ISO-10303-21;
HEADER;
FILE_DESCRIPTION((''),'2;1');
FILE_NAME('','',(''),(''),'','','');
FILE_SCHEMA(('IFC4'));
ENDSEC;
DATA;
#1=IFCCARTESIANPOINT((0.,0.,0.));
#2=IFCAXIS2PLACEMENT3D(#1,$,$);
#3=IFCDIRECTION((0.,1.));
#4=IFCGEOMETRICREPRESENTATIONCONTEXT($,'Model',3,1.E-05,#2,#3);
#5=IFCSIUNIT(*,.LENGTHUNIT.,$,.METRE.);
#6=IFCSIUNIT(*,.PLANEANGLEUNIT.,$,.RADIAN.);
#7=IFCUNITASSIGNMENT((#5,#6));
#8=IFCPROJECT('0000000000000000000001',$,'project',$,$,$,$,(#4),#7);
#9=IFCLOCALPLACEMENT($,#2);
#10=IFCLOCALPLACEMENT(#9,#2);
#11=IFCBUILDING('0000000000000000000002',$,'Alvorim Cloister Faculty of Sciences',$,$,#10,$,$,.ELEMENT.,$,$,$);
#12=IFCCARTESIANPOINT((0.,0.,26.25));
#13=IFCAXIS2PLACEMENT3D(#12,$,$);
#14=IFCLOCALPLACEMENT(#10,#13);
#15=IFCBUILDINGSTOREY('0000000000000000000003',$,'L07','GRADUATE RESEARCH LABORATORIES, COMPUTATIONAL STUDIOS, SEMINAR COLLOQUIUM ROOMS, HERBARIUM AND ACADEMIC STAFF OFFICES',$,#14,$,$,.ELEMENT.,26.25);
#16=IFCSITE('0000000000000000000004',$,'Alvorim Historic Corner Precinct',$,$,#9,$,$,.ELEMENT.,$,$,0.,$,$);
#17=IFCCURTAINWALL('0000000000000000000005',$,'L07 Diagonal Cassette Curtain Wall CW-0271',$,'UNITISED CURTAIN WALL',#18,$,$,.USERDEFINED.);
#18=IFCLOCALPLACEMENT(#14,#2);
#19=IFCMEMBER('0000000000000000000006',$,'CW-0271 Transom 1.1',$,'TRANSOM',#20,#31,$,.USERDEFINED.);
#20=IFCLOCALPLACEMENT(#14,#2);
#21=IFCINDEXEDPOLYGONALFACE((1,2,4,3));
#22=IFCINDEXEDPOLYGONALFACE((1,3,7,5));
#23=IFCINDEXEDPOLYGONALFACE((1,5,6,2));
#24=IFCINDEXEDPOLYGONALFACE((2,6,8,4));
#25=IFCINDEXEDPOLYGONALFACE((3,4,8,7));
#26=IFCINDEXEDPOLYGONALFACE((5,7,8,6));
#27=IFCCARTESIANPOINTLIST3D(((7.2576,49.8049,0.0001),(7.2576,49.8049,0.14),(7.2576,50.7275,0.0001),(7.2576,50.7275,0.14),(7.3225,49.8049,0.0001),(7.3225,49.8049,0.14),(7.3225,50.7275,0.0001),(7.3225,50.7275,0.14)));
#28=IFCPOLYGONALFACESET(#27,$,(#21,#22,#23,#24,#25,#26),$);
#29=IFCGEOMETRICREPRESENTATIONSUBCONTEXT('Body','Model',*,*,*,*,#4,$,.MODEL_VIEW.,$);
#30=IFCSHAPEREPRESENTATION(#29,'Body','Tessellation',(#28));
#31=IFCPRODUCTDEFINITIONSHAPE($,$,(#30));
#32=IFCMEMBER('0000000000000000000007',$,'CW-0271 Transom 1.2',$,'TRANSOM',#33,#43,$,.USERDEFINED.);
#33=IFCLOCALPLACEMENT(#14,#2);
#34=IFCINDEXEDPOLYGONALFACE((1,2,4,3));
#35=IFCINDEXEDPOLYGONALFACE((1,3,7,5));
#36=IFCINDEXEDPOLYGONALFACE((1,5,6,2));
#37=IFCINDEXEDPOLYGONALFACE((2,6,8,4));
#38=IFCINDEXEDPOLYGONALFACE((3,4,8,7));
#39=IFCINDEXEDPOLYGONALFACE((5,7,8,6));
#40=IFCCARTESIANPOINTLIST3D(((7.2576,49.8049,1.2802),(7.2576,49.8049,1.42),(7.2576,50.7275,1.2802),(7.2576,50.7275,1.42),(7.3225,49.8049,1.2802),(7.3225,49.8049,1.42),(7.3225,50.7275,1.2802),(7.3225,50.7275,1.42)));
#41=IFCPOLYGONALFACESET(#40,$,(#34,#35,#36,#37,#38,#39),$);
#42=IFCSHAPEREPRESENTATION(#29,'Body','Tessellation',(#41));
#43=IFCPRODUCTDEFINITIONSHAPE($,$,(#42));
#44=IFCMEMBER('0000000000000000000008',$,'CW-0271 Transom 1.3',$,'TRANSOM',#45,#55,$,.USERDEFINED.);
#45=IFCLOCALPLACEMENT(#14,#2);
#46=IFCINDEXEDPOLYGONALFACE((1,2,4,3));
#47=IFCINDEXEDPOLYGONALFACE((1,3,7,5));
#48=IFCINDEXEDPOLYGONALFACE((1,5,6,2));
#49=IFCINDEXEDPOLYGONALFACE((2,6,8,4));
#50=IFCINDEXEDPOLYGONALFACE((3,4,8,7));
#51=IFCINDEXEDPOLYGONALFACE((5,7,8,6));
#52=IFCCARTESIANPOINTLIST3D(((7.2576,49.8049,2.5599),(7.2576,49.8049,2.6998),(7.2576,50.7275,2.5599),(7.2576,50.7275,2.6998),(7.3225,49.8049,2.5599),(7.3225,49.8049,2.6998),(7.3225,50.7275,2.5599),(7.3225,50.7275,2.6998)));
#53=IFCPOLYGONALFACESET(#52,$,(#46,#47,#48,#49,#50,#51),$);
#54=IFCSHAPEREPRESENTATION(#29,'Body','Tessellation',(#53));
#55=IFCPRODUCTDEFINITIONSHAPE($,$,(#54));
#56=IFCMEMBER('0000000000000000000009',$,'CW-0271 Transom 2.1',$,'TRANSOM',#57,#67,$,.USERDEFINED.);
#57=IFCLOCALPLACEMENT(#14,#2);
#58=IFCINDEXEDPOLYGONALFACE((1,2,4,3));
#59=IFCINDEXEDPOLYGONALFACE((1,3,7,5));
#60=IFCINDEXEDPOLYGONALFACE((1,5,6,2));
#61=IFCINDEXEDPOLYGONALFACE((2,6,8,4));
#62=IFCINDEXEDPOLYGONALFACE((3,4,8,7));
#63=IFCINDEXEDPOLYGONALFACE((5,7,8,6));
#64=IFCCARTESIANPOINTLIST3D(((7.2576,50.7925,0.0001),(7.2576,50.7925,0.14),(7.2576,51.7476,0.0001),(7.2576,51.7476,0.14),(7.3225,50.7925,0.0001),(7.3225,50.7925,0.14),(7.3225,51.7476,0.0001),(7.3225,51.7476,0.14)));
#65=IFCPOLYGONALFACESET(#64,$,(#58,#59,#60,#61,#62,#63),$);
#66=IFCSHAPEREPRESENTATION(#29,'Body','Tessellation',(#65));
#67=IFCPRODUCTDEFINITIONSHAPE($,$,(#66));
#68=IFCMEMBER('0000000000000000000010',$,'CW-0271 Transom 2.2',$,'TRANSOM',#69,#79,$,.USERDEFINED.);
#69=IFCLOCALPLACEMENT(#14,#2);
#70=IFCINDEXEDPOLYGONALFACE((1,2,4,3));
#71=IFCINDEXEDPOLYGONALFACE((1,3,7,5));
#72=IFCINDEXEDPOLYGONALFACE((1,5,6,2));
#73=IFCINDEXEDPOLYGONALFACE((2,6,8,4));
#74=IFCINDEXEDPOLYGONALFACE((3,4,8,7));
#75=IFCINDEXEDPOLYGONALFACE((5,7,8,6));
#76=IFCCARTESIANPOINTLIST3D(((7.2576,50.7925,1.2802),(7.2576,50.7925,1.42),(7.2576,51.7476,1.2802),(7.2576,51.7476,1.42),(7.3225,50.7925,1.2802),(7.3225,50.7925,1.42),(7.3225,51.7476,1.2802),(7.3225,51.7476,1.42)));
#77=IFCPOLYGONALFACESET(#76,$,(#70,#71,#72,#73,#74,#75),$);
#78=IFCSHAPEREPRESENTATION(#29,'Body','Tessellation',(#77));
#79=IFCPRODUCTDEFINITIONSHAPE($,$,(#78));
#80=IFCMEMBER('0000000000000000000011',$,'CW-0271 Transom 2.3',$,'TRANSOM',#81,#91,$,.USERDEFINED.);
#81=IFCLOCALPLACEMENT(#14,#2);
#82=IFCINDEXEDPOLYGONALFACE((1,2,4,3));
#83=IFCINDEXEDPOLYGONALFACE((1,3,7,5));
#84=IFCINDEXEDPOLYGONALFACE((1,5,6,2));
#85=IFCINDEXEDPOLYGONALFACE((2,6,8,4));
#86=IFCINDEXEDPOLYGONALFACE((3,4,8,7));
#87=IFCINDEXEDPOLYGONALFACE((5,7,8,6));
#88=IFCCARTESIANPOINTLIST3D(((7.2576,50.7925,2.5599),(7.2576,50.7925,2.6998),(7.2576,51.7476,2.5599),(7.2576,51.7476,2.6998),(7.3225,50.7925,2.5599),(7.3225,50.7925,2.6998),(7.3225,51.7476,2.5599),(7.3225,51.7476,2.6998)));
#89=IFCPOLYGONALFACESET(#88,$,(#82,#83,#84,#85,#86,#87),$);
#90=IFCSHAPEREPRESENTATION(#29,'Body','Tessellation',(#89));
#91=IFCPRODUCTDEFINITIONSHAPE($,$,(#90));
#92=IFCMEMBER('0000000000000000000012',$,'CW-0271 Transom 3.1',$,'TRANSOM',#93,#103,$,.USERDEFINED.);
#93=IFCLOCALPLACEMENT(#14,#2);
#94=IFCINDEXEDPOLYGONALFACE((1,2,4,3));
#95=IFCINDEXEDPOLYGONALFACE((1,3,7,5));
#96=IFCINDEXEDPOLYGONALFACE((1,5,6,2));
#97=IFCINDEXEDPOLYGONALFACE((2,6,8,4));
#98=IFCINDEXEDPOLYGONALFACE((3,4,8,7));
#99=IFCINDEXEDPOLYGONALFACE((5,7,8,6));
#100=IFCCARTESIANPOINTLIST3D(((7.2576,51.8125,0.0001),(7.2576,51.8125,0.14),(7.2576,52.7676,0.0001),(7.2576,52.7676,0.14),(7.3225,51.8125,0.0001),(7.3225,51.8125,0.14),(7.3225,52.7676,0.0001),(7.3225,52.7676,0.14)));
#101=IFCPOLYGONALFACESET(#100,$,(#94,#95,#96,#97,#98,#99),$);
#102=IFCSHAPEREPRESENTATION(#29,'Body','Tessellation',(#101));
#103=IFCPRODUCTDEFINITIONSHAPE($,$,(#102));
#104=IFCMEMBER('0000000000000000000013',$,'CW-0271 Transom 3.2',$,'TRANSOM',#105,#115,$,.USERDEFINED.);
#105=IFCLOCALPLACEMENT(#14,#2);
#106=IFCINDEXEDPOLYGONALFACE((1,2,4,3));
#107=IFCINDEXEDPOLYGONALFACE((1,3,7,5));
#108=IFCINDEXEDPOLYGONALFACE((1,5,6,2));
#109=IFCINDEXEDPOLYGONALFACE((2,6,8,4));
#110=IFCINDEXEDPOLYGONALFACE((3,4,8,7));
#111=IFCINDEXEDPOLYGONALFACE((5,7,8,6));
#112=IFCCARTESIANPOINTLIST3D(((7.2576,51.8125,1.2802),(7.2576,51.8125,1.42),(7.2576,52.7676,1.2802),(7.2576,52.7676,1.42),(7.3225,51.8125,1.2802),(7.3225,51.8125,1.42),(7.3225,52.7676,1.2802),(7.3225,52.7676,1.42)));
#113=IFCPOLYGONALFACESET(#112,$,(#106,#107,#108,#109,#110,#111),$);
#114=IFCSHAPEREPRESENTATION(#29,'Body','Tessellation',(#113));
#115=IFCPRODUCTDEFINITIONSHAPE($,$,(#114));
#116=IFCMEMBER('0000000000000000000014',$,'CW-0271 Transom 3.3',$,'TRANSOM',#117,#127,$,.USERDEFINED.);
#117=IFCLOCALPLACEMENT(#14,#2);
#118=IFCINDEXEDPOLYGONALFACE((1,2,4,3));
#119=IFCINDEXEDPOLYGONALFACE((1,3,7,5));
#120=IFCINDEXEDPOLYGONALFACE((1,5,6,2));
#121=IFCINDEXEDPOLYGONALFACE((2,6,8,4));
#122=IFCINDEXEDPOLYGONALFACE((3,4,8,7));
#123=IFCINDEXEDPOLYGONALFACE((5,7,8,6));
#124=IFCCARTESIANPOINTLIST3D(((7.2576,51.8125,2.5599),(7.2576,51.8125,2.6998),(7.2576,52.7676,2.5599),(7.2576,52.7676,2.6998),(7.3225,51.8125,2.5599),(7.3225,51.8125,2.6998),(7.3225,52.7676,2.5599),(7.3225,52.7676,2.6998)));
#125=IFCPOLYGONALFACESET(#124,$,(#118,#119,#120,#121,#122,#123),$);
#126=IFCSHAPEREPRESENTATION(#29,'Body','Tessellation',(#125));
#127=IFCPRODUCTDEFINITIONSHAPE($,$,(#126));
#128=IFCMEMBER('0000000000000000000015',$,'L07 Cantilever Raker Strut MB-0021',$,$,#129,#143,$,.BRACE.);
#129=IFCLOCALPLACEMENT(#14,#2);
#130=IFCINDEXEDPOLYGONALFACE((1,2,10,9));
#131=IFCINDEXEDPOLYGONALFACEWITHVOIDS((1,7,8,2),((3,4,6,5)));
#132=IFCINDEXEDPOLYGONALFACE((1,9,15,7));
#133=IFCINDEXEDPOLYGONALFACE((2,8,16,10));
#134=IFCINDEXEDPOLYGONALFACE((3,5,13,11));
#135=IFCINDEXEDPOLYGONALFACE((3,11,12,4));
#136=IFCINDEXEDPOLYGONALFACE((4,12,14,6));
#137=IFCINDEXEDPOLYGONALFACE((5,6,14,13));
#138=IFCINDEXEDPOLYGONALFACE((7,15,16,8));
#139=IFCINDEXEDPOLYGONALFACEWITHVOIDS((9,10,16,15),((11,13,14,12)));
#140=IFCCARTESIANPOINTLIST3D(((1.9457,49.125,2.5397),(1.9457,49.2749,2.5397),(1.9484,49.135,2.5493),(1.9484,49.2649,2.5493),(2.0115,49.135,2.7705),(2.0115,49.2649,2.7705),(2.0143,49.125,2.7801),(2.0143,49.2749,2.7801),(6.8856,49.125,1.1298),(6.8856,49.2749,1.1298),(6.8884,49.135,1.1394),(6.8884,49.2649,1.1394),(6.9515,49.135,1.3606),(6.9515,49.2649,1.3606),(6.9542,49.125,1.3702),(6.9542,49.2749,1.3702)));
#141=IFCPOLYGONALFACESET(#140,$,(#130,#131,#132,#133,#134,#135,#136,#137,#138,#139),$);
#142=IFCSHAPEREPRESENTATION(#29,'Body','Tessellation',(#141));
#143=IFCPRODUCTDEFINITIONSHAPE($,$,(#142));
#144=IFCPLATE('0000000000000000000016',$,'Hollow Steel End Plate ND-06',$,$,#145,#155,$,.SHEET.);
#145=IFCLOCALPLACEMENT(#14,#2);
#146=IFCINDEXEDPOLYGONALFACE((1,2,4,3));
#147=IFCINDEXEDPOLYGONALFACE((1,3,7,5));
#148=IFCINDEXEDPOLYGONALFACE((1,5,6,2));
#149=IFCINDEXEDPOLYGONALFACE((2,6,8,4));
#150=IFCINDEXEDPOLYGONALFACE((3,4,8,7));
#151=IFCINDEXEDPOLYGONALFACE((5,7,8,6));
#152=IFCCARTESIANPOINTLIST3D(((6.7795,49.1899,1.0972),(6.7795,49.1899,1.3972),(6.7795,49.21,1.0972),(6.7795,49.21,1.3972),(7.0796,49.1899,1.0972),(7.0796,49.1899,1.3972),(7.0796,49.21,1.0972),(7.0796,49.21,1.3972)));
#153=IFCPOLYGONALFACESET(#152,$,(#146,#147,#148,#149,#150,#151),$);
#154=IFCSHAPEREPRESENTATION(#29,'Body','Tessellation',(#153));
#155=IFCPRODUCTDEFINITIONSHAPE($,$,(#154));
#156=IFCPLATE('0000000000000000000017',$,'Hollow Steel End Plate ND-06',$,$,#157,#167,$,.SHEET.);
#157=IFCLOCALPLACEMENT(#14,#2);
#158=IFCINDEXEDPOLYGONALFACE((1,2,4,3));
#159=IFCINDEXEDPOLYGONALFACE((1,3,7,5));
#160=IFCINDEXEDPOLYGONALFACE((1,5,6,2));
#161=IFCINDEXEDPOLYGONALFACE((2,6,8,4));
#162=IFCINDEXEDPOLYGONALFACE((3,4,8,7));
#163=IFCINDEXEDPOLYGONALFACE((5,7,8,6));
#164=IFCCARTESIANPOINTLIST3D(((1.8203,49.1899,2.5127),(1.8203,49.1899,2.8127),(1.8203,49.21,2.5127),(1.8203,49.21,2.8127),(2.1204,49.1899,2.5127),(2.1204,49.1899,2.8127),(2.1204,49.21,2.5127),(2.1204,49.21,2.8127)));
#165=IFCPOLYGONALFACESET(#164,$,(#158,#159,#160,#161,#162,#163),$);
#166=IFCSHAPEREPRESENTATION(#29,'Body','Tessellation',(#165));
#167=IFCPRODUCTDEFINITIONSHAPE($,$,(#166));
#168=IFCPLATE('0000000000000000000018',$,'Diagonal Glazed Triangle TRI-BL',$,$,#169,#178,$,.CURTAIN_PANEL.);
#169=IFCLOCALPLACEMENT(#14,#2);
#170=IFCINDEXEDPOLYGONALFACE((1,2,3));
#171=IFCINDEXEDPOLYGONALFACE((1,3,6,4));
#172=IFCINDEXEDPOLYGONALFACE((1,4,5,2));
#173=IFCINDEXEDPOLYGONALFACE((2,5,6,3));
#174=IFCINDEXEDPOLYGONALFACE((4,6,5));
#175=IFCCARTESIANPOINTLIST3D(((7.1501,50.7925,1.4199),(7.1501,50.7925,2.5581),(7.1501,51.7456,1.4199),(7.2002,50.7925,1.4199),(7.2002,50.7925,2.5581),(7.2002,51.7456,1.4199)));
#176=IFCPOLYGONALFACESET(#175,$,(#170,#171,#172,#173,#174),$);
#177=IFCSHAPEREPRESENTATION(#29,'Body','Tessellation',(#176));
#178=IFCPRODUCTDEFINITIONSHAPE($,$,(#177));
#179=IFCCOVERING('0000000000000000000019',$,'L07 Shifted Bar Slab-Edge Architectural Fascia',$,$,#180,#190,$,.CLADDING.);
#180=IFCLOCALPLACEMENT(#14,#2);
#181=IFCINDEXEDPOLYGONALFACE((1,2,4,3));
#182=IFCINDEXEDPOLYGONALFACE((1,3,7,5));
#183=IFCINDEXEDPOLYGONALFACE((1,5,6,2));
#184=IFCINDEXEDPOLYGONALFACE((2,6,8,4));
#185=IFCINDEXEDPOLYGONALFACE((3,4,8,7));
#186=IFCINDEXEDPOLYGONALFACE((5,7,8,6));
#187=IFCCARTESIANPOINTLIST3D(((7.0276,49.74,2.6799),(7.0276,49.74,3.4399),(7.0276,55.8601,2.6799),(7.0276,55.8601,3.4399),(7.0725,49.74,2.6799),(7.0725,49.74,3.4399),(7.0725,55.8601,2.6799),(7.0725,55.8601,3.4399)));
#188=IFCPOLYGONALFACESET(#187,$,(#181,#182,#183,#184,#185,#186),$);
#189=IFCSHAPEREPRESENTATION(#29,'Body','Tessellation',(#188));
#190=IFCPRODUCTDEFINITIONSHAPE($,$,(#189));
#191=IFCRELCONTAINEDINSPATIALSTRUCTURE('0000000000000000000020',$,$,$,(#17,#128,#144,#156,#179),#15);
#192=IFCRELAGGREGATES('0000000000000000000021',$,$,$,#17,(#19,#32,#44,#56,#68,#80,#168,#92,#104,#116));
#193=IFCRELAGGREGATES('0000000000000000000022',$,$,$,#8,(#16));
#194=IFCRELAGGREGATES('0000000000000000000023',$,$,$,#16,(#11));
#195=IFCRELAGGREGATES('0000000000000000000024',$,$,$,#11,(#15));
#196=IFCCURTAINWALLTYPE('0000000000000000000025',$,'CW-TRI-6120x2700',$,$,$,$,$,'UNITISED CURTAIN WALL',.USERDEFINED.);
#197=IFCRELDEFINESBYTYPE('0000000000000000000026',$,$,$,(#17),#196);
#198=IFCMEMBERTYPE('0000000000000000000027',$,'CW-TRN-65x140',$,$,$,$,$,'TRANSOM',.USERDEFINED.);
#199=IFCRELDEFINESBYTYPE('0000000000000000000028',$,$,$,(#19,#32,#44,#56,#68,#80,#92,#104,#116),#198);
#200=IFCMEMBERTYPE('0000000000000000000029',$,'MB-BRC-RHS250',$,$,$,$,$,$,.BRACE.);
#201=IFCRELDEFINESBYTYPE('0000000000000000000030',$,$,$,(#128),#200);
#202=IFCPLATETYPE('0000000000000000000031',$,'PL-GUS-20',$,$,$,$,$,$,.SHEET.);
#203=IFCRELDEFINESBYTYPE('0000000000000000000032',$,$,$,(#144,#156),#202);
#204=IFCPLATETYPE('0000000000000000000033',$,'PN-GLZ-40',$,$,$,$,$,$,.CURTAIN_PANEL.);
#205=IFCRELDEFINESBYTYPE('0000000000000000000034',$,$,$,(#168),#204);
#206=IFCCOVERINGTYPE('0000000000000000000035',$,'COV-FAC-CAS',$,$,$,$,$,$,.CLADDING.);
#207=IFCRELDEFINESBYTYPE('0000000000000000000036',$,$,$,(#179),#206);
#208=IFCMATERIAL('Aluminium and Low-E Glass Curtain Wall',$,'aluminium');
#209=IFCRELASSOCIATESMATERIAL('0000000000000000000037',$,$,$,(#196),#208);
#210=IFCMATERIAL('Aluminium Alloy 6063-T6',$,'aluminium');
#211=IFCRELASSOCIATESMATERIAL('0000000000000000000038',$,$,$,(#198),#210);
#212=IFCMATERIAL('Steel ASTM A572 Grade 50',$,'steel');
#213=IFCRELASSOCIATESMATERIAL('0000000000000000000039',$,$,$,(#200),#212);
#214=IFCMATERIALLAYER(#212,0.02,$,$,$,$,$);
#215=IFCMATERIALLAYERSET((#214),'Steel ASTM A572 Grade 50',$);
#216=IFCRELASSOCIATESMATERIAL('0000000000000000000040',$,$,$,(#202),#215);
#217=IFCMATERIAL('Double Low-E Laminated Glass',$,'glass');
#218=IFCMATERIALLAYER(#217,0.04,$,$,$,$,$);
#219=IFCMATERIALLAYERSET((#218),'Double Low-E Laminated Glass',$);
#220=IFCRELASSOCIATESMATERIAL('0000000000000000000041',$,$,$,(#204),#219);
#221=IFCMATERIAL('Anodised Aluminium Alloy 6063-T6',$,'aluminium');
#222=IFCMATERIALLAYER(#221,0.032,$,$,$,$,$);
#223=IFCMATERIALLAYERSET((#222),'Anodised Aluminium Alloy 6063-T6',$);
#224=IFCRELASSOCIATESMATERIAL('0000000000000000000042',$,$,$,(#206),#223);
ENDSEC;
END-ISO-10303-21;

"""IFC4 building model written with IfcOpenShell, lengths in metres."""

from ifc_helpers import new_model, si_unit, direction, frame, origin, origin_2d, place, context, subcontext, project, spatial, polyline, rectangle, hollow_rectangle, outline, extrude, material, layer, layer_set, material_profile, profile_set, type_object, element, aggregate, save


model = new_model("IFC4")

# Units and contexts
model_context = context("Model", 3, precision=1e-05, world=origin(), true_north=direction((0.0, 1.0)))
body_context = subcontext(model_context, "Body", "Model", "MODEL_VIEW")
ifc_project = project(units=[si_unit("LENGTHUNIT", "METRE"), si_unit("PLANEANGLEUNIT", "RADIAN")], contexts=[model_context])

# Site, building, storey
site_placement = place(None, origin())
site = spatial("IfcSite", under=ifc_project, at=site_placement, Name="Alvorim Historic Corner Precinct", CompositionType="ELEMENT", RefElevation=0.0)
building_placement = place(site_placement, origin())
building = spatial("IfcBuilding", under=site, at=building_placement, Name="Alvorim Cloister Faculty of Sciences", CompositionType="ELEMENT")
storey_placement = place(building_placement, frame((0.0, 0.0, 26.25)))
storey = spatial("IfcBuildingStorey", under=building, at=storey_placement, Name="L07", Description="GRADUATE RESEARCH LABORATORIES, COMPUTATIONAL STUDIOS, SEMINAR COLLOQUIUM ROOMS, HERBARIUM AND ACADEMIC STAFF OFFICES", CompositionType="ELEMENT", Elevation=26.25)

# Shared definitions
ifc_material_1 = material(Name="Steel ASTM A572 Grade 50", Category="steel")

# Curtain wall, members
ifc_material_2 = material(Name="Aluminium and Low-E Glass Curtain Wall", Category="aluminium")
curtain_wall_type = type_object("IfcCurtainWallType", Name="CW-TRI-6120x2700", ElementType="UNITISED CURTAIN WALL", PredefinedType="USERDEFINED", material=ifc_material_2)
curtain_wall_placement = place(storey_placement, origin())
curtain_wall = element("IfcCurtainWall", 1, at=curtain_wall_placement, inside=storey, type_object=curtain_wall_type, Name="L07 Diagonal Cassette Curtain Wall CW-0271", ObjectType="UNITISED CURTAIN WALL", PredefinedType="USERDEFINED")
ifc_material_3 = material(Name="Aluminium Alloy 6063-T6", Category="aluminium")
ifc_material_profile_1 = material_profile(ifc_material_3, rectangle(XDim=0.0649, YDim=0.1399, at=origin_2d()), Name="ALU-TRN-65x140")
ifc_profile_set_1 = profile_set([ifc_material_profile_1], Name="Aluminium Alloy 6063-T6")
member_type_1 = type_object("IfcMemberType", Name="CW-TRN-65x140", ElementType="TRANSOM", PredefinedType="USERDEFINED", material=ifc_profile_set_1)
member_1_placement = place(storey_placement, frame((7.29, 49.8049, 0.0701), z_axis=(0.0, 1.0, 0.0), x_axis=(-1.0, 0.0, 0.0)))
member_1 = element("IfcMember", 2, at=member_1_placement, type_object=member_type_1, Name="CW-0271 Transom 1.1", ObjectType="TRANSOM", PredefinedType="USERDEFINED", context=body_context, shape_type="SweptSolid", body=[
    extrude(rectangle(XDim=0.0649, YDim=0.1399, at=origin_2d()), origin(), (0.0, 0.0, 1.0), 0.9226),
])
member_2_placement = place(storey_placement, frame((7.29, 49.8049, 1.3501), z_axis=(0.0, 1.0, 0.0), x_axis=(-1.0, 0.0, 0.0)))
member_2 = element("IfcMember", 3, at=member_2_placement, type_object=member_type_1, Name="CW-0271 Transom 1.2", ObjectType="TRANSOM", PredefinedType="USERDEFINED", context=body_context, shape_type="SweptSolid", body=[
    extrude(rectangle(XDim=0.0649, YDim=0.1399, at=origin_2d()), origin(), (0.0, 0.0, 1.0), 0.9226),
])
member_3_placement = place(storey_placement, frame((7.29, 49.8049, 2.6299), z_axis=(0.0, 1.0, 0.0), x_axis=(-1.0, 0.0, 0.0)))
member_3 = element("IfcMember", 4, at=member_3_placement, type_object=member_type_1, Name="CW-0271 Transom 1.3", ObjectType="TRANSOM", PredefinedType="USERDEFINED", context=body_context, shape_type="SweptSolid", body=[
    extrude(rectangle(XDim=0.0649, YDim=0.1399, at=origin_2d()), origin(), (0.0, 0.0, 1.0), 0.9226),
])
member_4_placement = place(storey_placement, frame((7.29, 50.7925, 0.0701), z_axis=(0.0, 1.0, 0.0), x_axis=(-1.0, 0.0, 0.0)))
member_4 = element("IfcMember", 5, at=member_4_placement, type_object=member_type_1, Name="CW-0271 Transom 2.1", ObjectType="TRANSOM", PredefinedType="USERDEFINED", context=body_context, shape_type="SweptSolid", body=[
    extrude(rectangle(XDim=0.0649, YDim=0.1399, at=origin_2d()), origin(), (0.0, 0.0, 1.0), 0.9551),
])
member_5_placement = place(storey_placement, frame((7.29, 50.7925, 1.3501), z_axis=(0.0, 1.0, 0.0), x_axis=(-1.0, 0.0, 0.0)))
member_5 = element("IfcMember", 6, at=member_5_placement, type_object=member_type_1, Name="CW-0271 Transom 2.2", ObjectType="TRANSOM", PredefinedType="USERDEFINED", context=body_context, shape_type="SweptSolid", body=[
    extrude(rectangle(XDim=0.0649, YDim=0.1399, at=origin_2d()), origin(), (0.0, 0.0, 1.0), 0.9551),
])
member_6_placement = place(storey_placement, frame((7.29, 50.7925, 2.6299), z_axis=(0.0, 1.0, 0.0), x_axis=(-1.0, 0.0, 0.0)))
member_6 = element("IfcMember", 7, at=member_6_placement, type_object=member_type_1, Name="CW-0271 Transom 2.3", ObjectType="TRANSOM", PredefinedType="USERDEFINED", context=body_context, shape_type="SweptSolid", body=[
    extrude(rectangle(XDim=0.0649, YDim=0.1399, at=origin_2d()), origin(), (0.0, 0.0, 1.0), 0.9551),
])
member_7_placement = place(storey_placement, frame((7.29, 51.8125, 0.0701), z_axis=(0.0, 1.0, 0.0), x_axis=(-1.0, 0.0, 0.0)))
member_7 = element("IfcMember", 8, at=member_7_placement, type_object=member_type_1, Name="CW-0271 Transom 3.1", ObjectType="TRANSOM", PredefinedType="USERDEFINED", context=body_context, shape_type="SweptSolid", body=[
    extrude(rectangle(XDim=0.0649, YDim=0.1399, at=origin_2d()), origin(), (0.0, 0.0, 1.0), 0.9551),
])
member_8_placement = place(storey_placement, frame((7.29, 51.8125, 1.3501), z_axis=(0.0, 1.0, 0.0), x_axis=(-1.0, 0.0, 0.0)))
member_8 = element("IfcMember", 9, at=member_8_placement, type_object=member_type_1, Name="CW-0271 Transom 3.2", ObjectType="TRANSOM", PredefinedType="USERDEFINED", context=body_context, shape_type="SweptSolid", body=[
    extrude(rectangle(XDim=0.0649, YDim=0.1399, at=origin_2d()), origin(), (0.0, 0.0, 1.0), 0.9551),
])
member_9_placement = place(storey_placement, frame((7.29, 51.8125, 2.6299), z_axis=(0.0, 1.0, 0.0), x_axis=(-1.0, 0.0, 0.0)))
member_9 = element("IfcMember", 10, at=member_9_placement, type_object=member_type_1, Name="CW-0271 Transom 3.3", ObjectType="TRANSOM", PredefinedType="USERDEFINED", context=body_context, shape_type="SweptSolid", body=[
    extrude(rectangle(XDim=0.0649, YDim=0.1399, at=origin_2d()), origin(), (0.0, 0.0, 1.0), 0.9551),
])

# Member
ifc_material_profile_2 = material_profile(ifc_material_1, hollow_rectangle(XDim=0.1499, YDim=0.25, WallThickness=0.01, at=origin_2d()), Name="RHS250x150x10")
ifc_profile_set_2 = profile_set([ifc_material_profile_2], Name="Steel ASTM A572 Grade 50")
member_type_2 = type_object("IfcMemberType", Name="MB-BRC-RHS250", PredefinedType="BRACE", material=ifc_profile_set_2)
member_10_placement = place(storey_placement, frame((6.9199, 49.2, 1.25), z_axis=(-0.961601, 0.0, 0.274451), x_axis=(0.0, -1.0, 0.0)))
element("IfcMember", 11, at=member_10_placement, inside=storey, type_object=member_type_2, Name="L07 Cantilever Raker Strut MB-0021", PredefinedType="BRACE", context=body_context, shape_type="SweptSolid", body=[
    extrude(hollow_rectangle(XDim=0.1499, YDim=0.25, WallThickness=0.01, at=origin_2d()), origin(), (0.0, 0.0, 1.0), 5.1372),
])

# Plates
ifc_layer_1 = layer(ifc_material_1, 0.02)
ifc_layer_set_1 = layer_set([ifc_layer_1], Name="Steel ASTM A572 Grade 50")
plate_type_1 = type_object("IfcPlateType", Name="PL-GUS-20", PredefinedType="SHEET", material=ifc_layer_set_1)
for number, where, z_axis, x_axis, name in (
    (12, (7.0796, 49.2, 1.0972), (0.0, 0.0, 1.0), (-1.0, 0.0, 0.0), "Hollow Steel End Plate ND-06"),
    (13, (2.1204, 49.2, 2.5127), (0.0, 0.0, 1.0), (-1.0, 0.0, 0.0), "Hollow Steel End Plate ND-06"),
):
    element("IfcPlate", number, at=place(storey_placement, frame(where, z_axis=z_axis, x_axis=x_axis)), inside=storey, type_object=plate_type_1, Name=name, PredefinedType="SHEET", context=body_context, shape_type="SweptSolid", body=[
        extrude(outline(polyline([(0.0, 0.0), (0.3, 0.0), (0.3, 0.3), (0.0, 0.3), (0.0, 0.0)])), frame((0.0, 0.01, 0.0), z_axis=(0.0, -1.0, 0.0), x_axis=(1.0, 0.0, 0.0)), (0.0, 0.0, 1.0), 0.02),
    ])

# Plate
ifc_material_4 = material(Name="Double Low-E Laminated Glass", Category="glass")
ifc_layer_2 = layer(ifc_material_4, 0.04)
ifc_layer_set_2 = layer_set([ifc_layer_2], Name="Double Low-E Laminated Glass")
plate_type_2 = type_object("IfcPlateType", Name="PN-GLZ-40", PredefinedType="CURTAIN_PANEL", material=ifc_layer_set_2)
plate_1_placement = place(storey_placement, frame((7.175, 50.7925, 1.4199), z_axis=(0.0, 0.0, 1.0), x_axis=(0.0, 1.0, 0.0)))
plate_1 = element("IfcPlate", 14, at=plate_1_placement, type_object=plate_type_2, Name="Diagonal Glazed Triangle TRI-BL", PredefinedType="CURTAIN_PANEL", context=body_context, shape_type="SweptSolid", body=[
    extrude(outline(polyline([(0.0, 0.0), (0.9531, 0.0), (0.0, 1.1382), (0.0, 0.0)])), frame((0.0, 0.0249, 0.0), z_axis=(0.0, -1.0, 0.0), x_axis=(1.0, 0.0, 0.0)), (0.0, 0.0, 1.0), 0.05),
])
aggregate(curtain_wall, [member_1, member_2, member_3, member_4, member_5, member_6, plate_1, member_7, member_8, member_9])

# Covering
ifc_material_5 = material(Name="Anodised Aluminium Alloy 6063-T6", Category="aluminium")
ifc_layer_3 = layer(ifc_material_5, 0.032)
ifc_layer_set_3 = layer_set([ifc_layer_3], Name="Anodised Aluminium Alloy 6063-T6")
covering_type = type_object("IfcCoveringType", Name="COV-FAC-CAS", PredefinedType="CLADDING", material=ifc_layer_set_3)
covering_placement = place(storey_placement, frame((7.05, 49.74, 2.6799), z_axis=(0.0, 0.0, 1.0), x_axis=(0.0, 1.0, 0.0)))
element("IfcCovering", 15, at=covering_placement, inside=storey, type_object=covering_type, Name="L07 Shifted Bar Slab-Edge Architectural Fascia", PredefinedType="CLADDING", context=body_context, shape_type="SweptSolid", body=[
    extrude(outline(polyline([(0.0, 0.0), (6.1201, 0.0), (6.1201, 0.76), (0.0, 0.76), (0.0, 0.0)])), frame((0.0, 0.0225, 0.0), z_axis=(0.0, -1.0, 0.0), x_axis=(1.0, 0.0, 0.0)), (0.0, 0.0, 1.0), 0.0449),
])

save(model, "model.ifc")
